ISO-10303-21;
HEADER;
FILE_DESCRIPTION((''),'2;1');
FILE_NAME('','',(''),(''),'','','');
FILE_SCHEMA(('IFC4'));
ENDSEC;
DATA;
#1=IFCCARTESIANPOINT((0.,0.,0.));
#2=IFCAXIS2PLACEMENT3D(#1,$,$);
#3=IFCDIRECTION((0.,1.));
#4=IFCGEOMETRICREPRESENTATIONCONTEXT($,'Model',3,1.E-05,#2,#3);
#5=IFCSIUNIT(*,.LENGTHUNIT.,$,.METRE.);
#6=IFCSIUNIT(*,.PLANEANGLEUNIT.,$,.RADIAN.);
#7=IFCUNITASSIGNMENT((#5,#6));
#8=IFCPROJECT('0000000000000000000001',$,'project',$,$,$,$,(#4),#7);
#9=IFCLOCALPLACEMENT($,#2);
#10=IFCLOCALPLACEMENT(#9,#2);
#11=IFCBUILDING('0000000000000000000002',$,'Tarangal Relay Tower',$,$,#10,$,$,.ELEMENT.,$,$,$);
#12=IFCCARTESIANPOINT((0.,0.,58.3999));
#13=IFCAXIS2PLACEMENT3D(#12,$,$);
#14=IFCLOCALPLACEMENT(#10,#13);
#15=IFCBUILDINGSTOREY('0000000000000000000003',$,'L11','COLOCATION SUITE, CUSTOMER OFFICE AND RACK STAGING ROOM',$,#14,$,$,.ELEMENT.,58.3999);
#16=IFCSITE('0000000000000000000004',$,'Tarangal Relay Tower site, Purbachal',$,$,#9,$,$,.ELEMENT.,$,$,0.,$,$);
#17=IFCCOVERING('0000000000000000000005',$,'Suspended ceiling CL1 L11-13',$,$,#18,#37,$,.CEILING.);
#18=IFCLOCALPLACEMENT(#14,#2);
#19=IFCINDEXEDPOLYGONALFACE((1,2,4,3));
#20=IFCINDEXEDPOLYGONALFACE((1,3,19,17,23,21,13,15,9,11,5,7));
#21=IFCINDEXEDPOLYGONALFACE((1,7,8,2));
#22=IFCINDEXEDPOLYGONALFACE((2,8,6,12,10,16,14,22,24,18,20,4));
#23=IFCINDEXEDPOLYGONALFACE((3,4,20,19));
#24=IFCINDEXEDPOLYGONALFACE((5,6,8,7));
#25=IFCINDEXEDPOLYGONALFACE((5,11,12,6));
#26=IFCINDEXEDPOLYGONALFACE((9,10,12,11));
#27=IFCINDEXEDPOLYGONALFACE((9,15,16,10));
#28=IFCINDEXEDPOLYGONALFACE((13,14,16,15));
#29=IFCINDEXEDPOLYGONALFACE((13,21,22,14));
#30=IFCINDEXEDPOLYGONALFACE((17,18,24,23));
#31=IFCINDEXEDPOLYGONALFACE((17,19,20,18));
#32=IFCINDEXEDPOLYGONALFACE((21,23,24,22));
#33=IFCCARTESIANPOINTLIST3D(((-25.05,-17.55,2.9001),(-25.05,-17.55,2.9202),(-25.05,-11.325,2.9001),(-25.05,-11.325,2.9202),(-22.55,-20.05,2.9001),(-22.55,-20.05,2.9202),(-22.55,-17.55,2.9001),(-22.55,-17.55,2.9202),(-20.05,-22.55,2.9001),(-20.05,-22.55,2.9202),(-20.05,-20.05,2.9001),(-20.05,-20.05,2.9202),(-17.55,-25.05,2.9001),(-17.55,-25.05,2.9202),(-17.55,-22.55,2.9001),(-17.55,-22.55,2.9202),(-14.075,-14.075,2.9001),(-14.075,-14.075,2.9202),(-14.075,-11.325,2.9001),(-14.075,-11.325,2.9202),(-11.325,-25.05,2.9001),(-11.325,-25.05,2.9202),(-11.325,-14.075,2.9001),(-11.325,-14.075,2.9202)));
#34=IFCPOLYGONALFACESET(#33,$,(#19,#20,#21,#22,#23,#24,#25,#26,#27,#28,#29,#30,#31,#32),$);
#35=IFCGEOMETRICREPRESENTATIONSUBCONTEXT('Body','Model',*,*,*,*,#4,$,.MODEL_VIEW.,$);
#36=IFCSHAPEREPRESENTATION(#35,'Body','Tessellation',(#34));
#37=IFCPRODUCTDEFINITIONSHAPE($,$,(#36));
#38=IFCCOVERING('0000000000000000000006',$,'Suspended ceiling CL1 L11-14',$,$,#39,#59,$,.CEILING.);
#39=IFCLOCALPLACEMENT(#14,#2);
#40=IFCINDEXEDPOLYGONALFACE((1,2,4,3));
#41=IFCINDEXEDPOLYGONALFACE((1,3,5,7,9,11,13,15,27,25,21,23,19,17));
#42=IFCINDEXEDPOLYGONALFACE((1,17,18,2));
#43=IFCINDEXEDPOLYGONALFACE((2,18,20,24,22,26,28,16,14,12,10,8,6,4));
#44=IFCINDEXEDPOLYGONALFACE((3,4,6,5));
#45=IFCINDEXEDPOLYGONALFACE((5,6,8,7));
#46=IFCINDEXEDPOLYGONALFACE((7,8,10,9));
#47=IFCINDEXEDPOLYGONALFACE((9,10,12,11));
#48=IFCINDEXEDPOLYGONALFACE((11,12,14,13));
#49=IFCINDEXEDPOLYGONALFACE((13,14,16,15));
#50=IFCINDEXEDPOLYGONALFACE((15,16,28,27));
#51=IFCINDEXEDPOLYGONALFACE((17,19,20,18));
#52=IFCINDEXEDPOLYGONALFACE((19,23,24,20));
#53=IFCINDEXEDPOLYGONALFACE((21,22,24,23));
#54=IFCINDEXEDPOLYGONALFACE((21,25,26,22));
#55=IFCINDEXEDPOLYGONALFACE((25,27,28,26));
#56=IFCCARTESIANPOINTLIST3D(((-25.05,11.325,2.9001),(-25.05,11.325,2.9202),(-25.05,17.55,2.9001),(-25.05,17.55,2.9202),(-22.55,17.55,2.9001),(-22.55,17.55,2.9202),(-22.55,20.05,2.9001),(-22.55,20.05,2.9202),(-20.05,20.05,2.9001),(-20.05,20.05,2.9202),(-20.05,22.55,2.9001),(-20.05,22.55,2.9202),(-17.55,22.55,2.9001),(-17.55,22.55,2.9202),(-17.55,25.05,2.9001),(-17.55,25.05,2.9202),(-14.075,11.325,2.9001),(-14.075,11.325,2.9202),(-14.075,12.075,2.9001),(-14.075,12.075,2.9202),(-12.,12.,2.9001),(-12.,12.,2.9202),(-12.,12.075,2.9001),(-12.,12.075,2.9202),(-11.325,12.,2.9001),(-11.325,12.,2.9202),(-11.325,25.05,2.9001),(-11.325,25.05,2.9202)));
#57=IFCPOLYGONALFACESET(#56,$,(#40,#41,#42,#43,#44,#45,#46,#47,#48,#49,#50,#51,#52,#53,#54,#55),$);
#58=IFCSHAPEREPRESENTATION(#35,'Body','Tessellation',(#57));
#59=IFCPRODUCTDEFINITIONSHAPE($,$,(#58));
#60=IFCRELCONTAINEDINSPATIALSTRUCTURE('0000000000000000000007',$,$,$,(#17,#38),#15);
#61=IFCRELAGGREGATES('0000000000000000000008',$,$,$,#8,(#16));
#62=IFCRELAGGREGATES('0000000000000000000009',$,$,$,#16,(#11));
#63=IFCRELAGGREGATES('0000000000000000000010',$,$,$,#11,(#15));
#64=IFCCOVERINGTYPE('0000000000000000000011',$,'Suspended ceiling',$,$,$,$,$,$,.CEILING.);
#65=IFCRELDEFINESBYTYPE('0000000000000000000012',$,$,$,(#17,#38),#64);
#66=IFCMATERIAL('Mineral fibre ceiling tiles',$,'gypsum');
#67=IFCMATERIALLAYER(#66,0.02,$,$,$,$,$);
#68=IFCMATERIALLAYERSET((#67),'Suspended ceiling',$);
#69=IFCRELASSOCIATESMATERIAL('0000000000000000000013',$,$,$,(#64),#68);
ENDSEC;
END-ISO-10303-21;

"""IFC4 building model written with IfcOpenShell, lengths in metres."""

from ifc_helpers import new_model, si_unit, direction, frame, origin, place, context, subcontext, project, spatial, polyline, outline, extrude, material, layer, layer_set, type_object, element, save


model = new_model("IFC4")

# Units and contexts
model_context = context("Model", 3, precision=1e-05, world=origin(), true_north=direction((0.0, 1.0)))
body_context = subcontext(model_context, "Body", "Model", "MODEL_VIEW")
ifc_project = project(units=[si_unit("LENGTHUNIT", "METRE"), si_unit("PLANEANGLEUNIT", "RADIAN")], contexts=[model_context])

# Site, building, storey
site_placement = place(None, origin())
site = spatial("IfcSite", under=ifc_project, at=site_placement, Name="Tarangal Relay Tower site, Purbachal", CompositionType="ELEMENT", RefElevation=0.0)
building_placement = place(site_placement, origin())
building = spatial("IfcBuilding", under=site, at=building_placement, Name="Tarangal Relay Tower", CompositionType="ELEMENT")
storey_placement = place(building_placement, frame((0.0, 0.0, 58.3999)))
storey = spatial("IfcBuildingStorey", under=building, at=storey_placement, Name="L11", Description="COLOCATION SUITE, CUSTOMER OFFICE AND RACK STAGING ROOM", CompositionType="ELEMENT", Elevation=58.3999)

# Coverings
ifc_material_1 = material(Name="Mineral fibre ceiling tiles", Category="gypsum")
ifc_layer_1 = layer(ifc_material_1, 0.02)
ifc_layer_set_1 = layer_set([ifc_layer_1], Name="Suspended ceiling")
covering_type_1 = type_object("IfcCoveringType", Name="Suspended ceiling", PredefinedType="CEILING", material=ifc_layer_set_1)
covering_1_placement = place(storey_placement, frame((0.0, 0.0, 2.9001)))
element("IfcCovering", 1, at=covering_1_placement, inside=storey, type_object=covering_type_1, Name="Suspended ceiling CL1 L11-13", PredefinedType="CEILING", context=body_context, shape_type="SweptSolid", body=[
    extrude(outline(polyline([(-17.55, -22.55), (-17.55, -25.05), (-11.325, -25.05), (-11.325, -14.075), (-14.075, -14.075), (-14.075, -11.325), (-25.05, -11.325), (-25.05, -17.55), (-22.55, -17.55), (-22.55, -20.05), (-20.05, -20.05), (-20.05, -22.55), (-17.55, -22.55)])), origin(), (0.0, 0.0, 1.0), 0.02),
])
covering_2_placement = place(storey_placement, frame((0.0, 0.0, 2.9001)))
element("IfcCovering", 2, at=covering_2_placement, inside=storey, type_object=covering_type_1, Name="Suspended ceiling CL1 L11-14", PredefinedType="CEILING", context=body_context, shape_type="SweptSolid", body=[
    extrude(outline(polyline([(-22.55, 17.55), (-25.05, 17.55), (-25.05, 11.325), (-14.075, 11.325), (-14.075, 12.075), (-12.0, 12.075), (-12.0, 12.0), (-11.325, 12.0), (-11.325, 25.05), (-17.55, 25.05), (-17.55, 22.55), (-20.05, 22.55), (-20.05, 20.05), (-22.55, 20.05), (-22.55, 17.55)])), origin(), (0.0, 0.0, 1.0), 0.02),
])

save(model, "model.ifc")
